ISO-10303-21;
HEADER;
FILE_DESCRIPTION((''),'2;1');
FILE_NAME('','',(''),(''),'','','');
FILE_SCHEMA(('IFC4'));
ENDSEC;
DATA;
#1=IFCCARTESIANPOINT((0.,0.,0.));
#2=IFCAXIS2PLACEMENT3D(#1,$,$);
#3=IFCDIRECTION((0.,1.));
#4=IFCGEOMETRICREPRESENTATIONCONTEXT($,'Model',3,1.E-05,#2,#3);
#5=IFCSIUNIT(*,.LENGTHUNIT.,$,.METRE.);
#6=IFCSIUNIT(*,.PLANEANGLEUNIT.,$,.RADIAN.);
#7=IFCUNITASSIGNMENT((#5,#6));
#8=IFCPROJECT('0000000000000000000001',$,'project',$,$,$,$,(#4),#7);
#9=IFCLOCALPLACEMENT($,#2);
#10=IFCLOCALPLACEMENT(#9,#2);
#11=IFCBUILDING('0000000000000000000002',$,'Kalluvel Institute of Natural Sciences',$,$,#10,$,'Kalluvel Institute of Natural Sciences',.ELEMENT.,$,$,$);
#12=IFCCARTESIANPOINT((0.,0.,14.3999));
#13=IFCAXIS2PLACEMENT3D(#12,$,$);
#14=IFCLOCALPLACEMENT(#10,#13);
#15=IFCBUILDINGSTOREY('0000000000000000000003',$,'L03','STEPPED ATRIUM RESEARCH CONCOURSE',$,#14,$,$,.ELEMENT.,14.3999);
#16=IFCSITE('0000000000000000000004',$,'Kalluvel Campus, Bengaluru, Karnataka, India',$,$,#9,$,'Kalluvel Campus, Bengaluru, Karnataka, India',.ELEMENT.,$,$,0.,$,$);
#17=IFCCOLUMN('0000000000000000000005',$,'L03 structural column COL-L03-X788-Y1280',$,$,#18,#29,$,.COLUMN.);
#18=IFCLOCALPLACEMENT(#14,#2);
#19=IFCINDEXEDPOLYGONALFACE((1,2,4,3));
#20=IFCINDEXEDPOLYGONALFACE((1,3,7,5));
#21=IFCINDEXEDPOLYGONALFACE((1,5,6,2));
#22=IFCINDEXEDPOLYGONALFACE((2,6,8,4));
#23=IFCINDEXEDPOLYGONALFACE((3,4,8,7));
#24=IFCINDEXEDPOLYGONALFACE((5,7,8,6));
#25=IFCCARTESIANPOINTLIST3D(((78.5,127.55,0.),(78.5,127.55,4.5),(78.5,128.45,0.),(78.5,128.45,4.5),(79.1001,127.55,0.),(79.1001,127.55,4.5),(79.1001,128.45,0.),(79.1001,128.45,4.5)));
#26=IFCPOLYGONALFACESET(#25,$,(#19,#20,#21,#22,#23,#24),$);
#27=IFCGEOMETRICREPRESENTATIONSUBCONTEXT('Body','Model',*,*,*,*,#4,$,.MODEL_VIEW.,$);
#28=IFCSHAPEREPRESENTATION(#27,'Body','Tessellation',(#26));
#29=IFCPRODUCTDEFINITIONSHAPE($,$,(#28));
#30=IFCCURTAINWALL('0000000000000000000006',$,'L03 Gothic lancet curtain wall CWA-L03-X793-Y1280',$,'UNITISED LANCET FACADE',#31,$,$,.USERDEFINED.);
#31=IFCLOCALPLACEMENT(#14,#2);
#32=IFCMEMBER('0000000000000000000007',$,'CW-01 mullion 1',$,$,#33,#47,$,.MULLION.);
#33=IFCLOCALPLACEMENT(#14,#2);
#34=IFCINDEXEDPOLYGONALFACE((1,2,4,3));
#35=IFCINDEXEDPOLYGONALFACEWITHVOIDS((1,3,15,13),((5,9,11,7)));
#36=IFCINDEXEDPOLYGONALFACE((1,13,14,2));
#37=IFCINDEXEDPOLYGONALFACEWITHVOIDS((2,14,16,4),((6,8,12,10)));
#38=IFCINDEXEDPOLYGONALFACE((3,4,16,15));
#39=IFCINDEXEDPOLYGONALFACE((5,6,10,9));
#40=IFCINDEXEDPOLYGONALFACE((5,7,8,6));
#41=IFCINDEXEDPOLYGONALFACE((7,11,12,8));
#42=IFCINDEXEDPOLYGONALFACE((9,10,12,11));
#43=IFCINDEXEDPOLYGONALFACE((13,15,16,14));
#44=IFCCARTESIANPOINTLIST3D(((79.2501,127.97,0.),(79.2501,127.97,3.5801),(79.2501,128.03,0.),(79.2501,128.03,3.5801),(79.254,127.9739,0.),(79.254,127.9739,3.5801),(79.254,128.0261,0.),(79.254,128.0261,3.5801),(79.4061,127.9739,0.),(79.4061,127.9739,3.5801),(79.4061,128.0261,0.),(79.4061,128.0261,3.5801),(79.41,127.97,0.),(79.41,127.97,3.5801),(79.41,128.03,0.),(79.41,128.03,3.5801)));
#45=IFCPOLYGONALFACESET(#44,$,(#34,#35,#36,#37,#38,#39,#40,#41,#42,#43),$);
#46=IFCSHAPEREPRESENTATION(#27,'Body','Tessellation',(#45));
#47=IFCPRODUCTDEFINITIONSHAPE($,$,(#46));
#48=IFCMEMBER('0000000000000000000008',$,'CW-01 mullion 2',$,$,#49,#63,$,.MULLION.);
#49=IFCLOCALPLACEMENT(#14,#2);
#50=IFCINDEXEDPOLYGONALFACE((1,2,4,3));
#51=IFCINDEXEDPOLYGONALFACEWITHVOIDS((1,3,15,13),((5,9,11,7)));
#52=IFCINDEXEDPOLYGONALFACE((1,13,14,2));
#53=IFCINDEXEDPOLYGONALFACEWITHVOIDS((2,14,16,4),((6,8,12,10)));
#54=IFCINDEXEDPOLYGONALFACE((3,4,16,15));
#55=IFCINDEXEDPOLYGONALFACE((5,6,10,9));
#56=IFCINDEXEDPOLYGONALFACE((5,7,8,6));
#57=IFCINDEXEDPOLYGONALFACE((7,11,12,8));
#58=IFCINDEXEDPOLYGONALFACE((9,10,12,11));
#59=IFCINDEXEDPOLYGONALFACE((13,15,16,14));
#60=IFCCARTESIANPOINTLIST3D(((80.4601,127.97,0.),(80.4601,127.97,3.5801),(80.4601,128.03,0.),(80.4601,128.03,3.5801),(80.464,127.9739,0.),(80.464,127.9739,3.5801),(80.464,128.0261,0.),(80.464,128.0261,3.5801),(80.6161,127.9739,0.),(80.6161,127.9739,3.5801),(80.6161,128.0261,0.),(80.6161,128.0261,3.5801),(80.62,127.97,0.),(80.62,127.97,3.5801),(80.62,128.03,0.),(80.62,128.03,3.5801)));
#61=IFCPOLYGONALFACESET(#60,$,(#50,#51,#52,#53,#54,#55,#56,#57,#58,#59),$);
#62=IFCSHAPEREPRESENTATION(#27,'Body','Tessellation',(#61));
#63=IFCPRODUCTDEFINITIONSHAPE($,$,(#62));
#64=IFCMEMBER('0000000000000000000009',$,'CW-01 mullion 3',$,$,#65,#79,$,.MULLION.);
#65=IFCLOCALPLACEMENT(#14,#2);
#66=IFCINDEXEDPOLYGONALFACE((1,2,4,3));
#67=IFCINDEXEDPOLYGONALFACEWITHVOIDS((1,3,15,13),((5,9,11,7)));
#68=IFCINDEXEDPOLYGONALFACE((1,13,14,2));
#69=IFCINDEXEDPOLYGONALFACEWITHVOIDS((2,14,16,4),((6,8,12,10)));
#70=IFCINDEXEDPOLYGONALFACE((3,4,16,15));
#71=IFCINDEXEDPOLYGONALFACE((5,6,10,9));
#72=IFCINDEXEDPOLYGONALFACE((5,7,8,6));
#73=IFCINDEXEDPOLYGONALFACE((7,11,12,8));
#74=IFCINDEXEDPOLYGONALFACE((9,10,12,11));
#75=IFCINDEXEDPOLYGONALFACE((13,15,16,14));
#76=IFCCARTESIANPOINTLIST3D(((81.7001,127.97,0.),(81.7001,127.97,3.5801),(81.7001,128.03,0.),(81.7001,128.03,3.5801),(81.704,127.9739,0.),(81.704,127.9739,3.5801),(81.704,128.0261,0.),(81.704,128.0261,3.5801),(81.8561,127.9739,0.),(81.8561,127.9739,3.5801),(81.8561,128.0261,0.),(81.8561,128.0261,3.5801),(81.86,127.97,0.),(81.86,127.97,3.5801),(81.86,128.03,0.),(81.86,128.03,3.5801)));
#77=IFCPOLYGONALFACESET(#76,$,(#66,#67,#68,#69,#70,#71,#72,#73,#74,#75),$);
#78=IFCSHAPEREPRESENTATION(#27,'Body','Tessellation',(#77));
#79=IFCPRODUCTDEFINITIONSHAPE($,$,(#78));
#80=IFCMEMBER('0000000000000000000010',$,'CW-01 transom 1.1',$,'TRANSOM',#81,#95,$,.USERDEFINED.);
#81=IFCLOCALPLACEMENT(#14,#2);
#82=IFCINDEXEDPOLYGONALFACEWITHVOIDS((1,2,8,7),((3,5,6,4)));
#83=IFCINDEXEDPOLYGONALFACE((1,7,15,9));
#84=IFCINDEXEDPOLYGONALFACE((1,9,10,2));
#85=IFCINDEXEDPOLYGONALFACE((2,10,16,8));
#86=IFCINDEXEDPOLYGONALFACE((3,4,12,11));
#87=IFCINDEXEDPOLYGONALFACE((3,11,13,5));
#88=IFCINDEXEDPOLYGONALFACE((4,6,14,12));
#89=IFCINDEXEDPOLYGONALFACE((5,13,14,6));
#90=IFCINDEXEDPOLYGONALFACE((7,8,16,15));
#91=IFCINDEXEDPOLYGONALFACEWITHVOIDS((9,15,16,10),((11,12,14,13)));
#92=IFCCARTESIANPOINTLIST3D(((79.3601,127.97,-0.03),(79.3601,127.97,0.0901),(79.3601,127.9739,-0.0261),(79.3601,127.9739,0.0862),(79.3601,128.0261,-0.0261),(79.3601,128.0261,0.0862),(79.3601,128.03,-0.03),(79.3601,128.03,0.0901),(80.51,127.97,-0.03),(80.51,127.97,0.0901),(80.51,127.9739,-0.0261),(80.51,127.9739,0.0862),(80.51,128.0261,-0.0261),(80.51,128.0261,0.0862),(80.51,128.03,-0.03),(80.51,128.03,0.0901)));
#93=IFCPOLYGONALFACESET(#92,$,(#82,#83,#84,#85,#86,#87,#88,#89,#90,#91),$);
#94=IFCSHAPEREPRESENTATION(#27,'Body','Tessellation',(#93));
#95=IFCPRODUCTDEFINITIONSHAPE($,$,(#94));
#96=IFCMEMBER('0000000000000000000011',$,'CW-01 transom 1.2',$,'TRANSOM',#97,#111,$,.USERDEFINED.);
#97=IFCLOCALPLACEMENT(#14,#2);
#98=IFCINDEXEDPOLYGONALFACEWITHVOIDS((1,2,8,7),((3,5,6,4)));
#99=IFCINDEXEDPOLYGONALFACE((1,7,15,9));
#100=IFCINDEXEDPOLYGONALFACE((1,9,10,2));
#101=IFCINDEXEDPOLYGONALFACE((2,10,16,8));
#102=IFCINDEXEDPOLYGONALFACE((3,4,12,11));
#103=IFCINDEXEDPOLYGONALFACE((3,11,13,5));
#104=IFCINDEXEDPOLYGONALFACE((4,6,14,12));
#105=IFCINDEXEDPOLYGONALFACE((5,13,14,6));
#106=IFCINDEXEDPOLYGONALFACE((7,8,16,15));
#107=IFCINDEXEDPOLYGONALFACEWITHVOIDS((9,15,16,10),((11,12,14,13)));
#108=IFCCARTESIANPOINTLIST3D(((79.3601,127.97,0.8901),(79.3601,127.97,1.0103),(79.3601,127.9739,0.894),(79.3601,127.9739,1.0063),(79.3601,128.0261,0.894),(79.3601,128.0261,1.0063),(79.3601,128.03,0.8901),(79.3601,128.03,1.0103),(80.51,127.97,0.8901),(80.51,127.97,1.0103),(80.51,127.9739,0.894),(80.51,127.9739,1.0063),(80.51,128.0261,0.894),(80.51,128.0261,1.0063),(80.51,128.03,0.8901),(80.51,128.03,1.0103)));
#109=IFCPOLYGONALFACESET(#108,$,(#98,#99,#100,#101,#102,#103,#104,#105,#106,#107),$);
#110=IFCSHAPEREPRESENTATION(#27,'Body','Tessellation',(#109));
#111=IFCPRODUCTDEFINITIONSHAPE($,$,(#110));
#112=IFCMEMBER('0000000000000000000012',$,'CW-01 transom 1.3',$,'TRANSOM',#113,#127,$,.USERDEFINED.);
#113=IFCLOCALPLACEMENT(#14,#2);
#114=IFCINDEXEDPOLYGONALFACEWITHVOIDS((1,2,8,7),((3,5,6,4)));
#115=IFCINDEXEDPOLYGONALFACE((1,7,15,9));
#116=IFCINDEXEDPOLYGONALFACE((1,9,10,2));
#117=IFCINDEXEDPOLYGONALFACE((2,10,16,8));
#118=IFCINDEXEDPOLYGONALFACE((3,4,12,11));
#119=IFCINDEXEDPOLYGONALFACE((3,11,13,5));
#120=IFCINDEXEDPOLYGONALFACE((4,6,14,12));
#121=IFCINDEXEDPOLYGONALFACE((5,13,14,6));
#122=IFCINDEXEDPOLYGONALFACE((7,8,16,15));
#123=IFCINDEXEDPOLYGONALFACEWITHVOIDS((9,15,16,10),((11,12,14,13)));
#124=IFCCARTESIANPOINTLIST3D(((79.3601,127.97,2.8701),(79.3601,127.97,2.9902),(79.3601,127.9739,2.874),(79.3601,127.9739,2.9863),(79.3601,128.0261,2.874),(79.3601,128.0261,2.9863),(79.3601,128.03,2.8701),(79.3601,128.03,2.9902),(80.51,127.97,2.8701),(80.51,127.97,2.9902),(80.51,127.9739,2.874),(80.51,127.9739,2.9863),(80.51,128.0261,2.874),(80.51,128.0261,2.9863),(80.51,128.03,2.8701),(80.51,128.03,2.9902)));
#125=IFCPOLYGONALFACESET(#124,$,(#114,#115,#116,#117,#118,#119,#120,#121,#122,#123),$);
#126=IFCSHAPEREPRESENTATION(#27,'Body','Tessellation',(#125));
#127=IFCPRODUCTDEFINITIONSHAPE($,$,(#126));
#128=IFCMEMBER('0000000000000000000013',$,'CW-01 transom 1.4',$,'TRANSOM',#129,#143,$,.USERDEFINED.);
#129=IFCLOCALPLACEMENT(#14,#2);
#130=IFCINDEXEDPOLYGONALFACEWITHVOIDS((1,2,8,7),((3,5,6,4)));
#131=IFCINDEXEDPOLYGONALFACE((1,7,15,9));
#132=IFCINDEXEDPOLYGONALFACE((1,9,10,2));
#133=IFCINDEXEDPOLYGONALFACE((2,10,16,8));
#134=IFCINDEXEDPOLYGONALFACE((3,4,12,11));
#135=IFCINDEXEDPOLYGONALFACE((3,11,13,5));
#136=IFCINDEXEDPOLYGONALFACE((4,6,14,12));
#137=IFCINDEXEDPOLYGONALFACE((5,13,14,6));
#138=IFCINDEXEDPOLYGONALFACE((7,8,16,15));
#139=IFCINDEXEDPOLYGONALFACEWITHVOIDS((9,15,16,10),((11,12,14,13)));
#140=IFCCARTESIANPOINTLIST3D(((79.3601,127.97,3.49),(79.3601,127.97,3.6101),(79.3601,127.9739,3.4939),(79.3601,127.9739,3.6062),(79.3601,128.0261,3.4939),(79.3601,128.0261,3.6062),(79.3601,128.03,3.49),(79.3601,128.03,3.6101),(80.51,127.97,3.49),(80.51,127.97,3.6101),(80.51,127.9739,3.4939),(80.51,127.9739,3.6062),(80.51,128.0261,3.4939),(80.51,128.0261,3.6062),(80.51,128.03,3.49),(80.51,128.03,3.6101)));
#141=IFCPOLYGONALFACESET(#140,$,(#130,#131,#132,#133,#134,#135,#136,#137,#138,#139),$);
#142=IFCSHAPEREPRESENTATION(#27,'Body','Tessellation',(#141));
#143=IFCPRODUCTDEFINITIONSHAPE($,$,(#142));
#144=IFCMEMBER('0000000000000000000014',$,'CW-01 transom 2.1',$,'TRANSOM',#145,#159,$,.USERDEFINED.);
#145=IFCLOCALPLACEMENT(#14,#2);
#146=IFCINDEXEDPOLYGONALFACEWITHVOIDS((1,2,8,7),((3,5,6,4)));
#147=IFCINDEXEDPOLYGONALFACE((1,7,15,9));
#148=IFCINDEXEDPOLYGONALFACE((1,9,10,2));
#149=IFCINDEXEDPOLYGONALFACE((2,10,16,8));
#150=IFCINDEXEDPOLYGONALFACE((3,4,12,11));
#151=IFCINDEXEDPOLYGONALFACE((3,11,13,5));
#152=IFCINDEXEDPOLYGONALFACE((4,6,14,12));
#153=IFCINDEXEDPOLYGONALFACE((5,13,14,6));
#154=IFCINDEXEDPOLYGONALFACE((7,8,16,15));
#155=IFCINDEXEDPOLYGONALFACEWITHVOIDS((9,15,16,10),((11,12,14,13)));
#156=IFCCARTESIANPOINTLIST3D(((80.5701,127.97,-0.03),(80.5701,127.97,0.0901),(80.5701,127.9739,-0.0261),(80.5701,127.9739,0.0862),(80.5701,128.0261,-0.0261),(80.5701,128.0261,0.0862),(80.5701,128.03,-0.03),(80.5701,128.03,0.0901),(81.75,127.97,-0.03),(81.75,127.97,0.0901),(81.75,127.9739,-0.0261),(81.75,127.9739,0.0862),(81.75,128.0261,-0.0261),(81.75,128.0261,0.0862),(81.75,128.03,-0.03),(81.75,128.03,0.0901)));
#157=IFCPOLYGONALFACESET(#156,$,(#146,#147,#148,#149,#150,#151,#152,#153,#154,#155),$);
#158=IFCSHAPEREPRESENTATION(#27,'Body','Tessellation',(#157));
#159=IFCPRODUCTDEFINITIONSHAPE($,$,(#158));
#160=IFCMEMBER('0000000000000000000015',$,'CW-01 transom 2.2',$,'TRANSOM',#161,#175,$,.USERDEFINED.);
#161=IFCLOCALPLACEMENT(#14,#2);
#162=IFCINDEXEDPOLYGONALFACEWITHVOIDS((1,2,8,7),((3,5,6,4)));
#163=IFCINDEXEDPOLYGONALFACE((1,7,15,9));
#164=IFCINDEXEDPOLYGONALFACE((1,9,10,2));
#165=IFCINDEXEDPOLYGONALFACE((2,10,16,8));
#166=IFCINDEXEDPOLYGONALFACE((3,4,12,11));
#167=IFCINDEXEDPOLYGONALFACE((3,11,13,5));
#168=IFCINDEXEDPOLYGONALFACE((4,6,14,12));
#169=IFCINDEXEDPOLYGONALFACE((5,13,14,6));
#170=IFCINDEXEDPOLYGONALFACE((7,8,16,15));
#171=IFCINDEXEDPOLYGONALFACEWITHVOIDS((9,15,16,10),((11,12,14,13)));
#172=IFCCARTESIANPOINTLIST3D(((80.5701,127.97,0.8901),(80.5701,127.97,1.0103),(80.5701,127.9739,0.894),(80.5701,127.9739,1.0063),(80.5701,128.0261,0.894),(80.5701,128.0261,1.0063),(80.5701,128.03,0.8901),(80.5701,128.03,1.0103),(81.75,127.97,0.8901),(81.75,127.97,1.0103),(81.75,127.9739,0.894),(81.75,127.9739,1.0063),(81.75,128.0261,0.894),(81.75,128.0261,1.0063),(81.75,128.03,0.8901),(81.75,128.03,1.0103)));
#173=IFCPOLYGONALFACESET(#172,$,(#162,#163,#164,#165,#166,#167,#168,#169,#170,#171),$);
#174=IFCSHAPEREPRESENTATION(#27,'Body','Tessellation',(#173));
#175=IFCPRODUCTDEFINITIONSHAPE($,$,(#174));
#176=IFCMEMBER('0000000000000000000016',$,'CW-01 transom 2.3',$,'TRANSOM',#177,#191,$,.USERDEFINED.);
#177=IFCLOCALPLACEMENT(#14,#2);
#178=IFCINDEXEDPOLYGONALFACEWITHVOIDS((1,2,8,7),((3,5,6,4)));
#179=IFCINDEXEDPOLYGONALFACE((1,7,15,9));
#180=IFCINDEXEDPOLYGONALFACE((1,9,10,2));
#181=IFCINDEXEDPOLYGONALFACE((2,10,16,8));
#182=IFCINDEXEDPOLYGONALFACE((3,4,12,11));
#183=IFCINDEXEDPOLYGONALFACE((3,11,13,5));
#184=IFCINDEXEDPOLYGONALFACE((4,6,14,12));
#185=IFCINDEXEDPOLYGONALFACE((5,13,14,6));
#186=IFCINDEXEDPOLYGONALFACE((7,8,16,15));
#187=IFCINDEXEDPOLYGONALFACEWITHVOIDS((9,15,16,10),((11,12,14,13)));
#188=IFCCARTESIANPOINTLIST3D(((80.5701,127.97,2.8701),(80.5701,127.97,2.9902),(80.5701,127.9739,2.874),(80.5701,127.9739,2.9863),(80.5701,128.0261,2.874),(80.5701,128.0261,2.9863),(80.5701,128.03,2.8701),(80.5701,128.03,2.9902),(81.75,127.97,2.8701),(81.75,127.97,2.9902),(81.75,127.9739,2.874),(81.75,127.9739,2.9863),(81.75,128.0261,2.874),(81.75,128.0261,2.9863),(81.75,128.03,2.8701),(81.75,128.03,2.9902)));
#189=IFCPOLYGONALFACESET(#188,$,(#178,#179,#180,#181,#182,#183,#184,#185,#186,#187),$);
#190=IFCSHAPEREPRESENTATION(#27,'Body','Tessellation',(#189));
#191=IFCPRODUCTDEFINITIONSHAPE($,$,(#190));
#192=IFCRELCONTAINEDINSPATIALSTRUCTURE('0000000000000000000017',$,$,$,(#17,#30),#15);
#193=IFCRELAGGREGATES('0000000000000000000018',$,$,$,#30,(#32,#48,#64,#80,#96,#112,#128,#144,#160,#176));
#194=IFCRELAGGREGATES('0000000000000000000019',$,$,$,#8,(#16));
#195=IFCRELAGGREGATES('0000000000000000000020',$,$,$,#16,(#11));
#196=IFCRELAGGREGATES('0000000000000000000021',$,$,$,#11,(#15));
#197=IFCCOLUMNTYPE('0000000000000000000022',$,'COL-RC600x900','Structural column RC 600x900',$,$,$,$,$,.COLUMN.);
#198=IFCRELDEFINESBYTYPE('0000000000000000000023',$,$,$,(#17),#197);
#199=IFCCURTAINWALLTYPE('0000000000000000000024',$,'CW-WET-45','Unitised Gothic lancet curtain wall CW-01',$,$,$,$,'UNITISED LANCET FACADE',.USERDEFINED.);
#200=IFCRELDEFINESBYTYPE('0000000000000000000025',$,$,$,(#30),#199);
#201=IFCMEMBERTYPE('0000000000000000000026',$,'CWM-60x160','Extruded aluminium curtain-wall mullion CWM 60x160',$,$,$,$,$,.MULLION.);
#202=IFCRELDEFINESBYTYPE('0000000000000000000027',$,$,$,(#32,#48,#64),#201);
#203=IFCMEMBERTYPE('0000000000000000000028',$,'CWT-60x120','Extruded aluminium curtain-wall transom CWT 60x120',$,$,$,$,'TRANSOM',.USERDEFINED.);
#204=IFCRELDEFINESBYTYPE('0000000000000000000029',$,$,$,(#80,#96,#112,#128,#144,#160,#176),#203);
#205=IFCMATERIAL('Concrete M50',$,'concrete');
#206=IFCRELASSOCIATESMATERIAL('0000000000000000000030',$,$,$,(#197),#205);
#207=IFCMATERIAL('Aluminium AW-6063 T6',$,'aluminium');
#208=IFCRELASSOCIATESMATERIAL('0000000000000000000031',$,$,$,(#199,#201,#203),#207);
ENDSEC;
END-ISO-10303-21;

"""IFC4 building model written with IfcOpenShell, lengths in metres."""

from ifc_helpers import new_model, si_unit, direction, frame, origin, origin_2d, place, context, subcontext, project, spatial, rectangle, hollow_rectangle, extrude, material, material_profile, profile_set, type_object, element, aggregate, save


model = new_model("IFC4")

# Units and contexts
model_context = context("Model", 3, precision=1e-05, world=origin(), true_north=direction((0.0, 1.0)))
body_context = subcontext(model_context, "Body", "Model", "MODEL_VIEW")
ifc_project = project(units=[si_unit("LENGTHUNIT", "METRE"), si_unit("PLANEANGLEUNIT", "RADIAN")], contexts=[model_context])

# Site, building, storey
site_placement = place(None, origin())
site = spatial("IfcSite", under=ifc_project, at=site_placement, Name="Kalluvel Campus, Bengaluru, Karnataka, India", LongName="Kalluvel Campus, Bengaluru, Karnataka, India", CompositionType="ELEMENT", RefElevation=0.0)
building_placement = place(site_placement, origin())
building = spatial("IfcBuilding", under=site, at=building_placement, Name="Kalluvel Institute of Natural Sciences", LongName="Kalluvel Institute of Natural Sciences", CompositionType="ELEMENT")
storey_placement = place(building_placement, frame((0.0, 0.0, 14.3999)))
storey = spatial("IfcBuildingStorey", under=building, at=storey_placement, Name="L03", Description="STEPPED ATRIUM RESEARCH CONCOURSE", CompositionType="ELEMENT", Elevation=14.3999)

# Column
ifc_material_1 = material(Name="Concrete M50", Category="concrete")
ifc_material_profile_1 = material_profile(ifc_material_1, rectangle(XDim=0.6001, YDim=0.8999, at=origin_2d()), Name="RC 600x900")
ifc_profile_set_1 = profile_set([ifc_material_profile_1], Name="Concrete M50")
column_type = type_object("IfcColumnType", Name="COL-RC600x900", Description="Structural column RC 600x900", PredefinedType="COLUMN", material=ifc_profile_set_1)
column_placement = place(storey_placement, frame((78.8, 128.0, 0.0), z_axis=(0.0, 0.0, 1.0), x_axis=(1.0, 0.0, 0.0)))
element("IfcColumn", 1, at=column_placement, inside=storey, type_object=column_type, Name="L03 structural column COL-L03-X788-Y1280", PredefinedType="COLUMN", context=body_context, shape_type="SweptSolid", body=[
    extrude(rectangle(XDim=0.6001, YDim=0.8999, at=origin_2d()), origin(), (0.0, 0.0, 1.0), 4.5),
])

# Curtain wall, members
ifc_material_2 = material(Name="Aluminium AW-6063 T6", Category="aluminium")
curtain_wall_type = type_object("IfcCurtainWallType", Name="CW-WET-45", Description="Unitised Gothic lancet curtain wall CW-01", ElementType="UNITISED LANCET FACADE", PredefinedType="USERDEFINED", material=ifc_material_2)
curtain_wall_placement = place(storey_placement, origin())
curtain_wall = element("IfcCurtainWall", 2, at=curtain_wall_placement, inside=storey, type_object=curtain_wall_type, Name="L03 Gothic lancet curtain wall CWA-L03-X793-Y1280", ObjectType="UNITISED LANCET FACADE", PredefinedType="USERDEFINED")
ifc_material_profile_2 = material_profile(ifc_material_2, hollow_rectangle(XDim=0.0601, YDim=0.1599, WallThickness=0.0039, at=origin_2d()), Name="CWM 60x160")
ifc_profile_set_2 = profile_set([ifc_material_profile_2], Name="Aluminium AW-6063 T6")
member_type_1 = type_object("IfcMemberType", Name="CWM-60x160", Description="Extruded aluminium curtain-wall mullion CWM 60x160", PredefinedType="MULLION", material=ifc_profile_set_2)
member_1_placement = place(storey_placement, frame((79.3301, 128.0, 0.0), z_axis=(0.0, 0.0, 1.0), x_axis=(0.0, 1.0, 0.0)))
member_1 = element("IfcMember", 3, at=member_1_placement, type_object=member_type_1, Name="CW-01 mullion 1", PredefinedType="MULLION", context=body_context, shape_type="SweptSolid", body=[
    extrude(hollow_rectangle(XDim=0.0601, YDim=0.1599, WallThickness=0.0039, at=origin_2d()), origin(), (0.0, 0.0, 1.0), 3.5801),
])
member_2_placement = place(storey_placement, frame((80.54, 128.0, 0.0), z_axis=(0.0, 0.0, 1.0), x_axis=(0.0, 1.0, 0.0)))
member_2 = element("IfcMember", 4, at=member_2_placement, type_object=member_type_1, Name="CW-01 mullion 2", PredefinedType="MULLION", context=body_context, shape_type="SweptSolid", body=[
    extrude(hollow_rectangle(XDim=0.0601, YDim=0.1599, WallThickness=0.0039, at=origin_2d()), origin(), (0.0, 0.0, 1.0), 3.5801),
])
member_3_placement = place(storey_placement, frame((81.78, 128.0, 0.0), z_axis=(0.0, 0.0, 1.0), x_axis=(0.0, 1.0, 0.0)))
member_3 = element("IfcMember", 5, at=member_3_placement, type_object=member_type_1, Name="CW-01 mullion 3", PredefinedType="MULLION", context=body_context, shape_type="SweptSolid", body=[
    extrude(hollow_rectangle(XDim=0.0601, YDim=0.1599, WallThickness=0.0039, at=origin_2d()), origin(), (0.0, 0.0, 1.0), 3.5801),
])
ifc_material_profile_3 = material_profile(ifc_material_2, hollow_rectangle(XDim=0.0601, YDim=0.1201, WallThickness=0.0039, at=origin_2d()), Name="CWT 60x120")
ifc_profile_set_3 = profile_set([ifc_material_profile_3], Name="Aluminium AW-6063 T6")
member_type_2 = type_object("IfcMemberType", Name="CWT-60x120", Description="Extruded aluminium curtain-wall transom CWT 60x120", ElementType="TRANSOM", PredefinedType="USERDEFINED", material=ifc_profile_set_3)
member_4_placement = place(storey_placement, frame((79.3601, 128.0, 0.03), z_axis=(1.0, 0.0, 0.0), x_axis=(0.0, 1.0, 0.0)))
member_4 = element("IfcMember", 6, at=member_4_placement, type_object=member_type_2, Name="CW-01 transom 1.1", ObjectType="TRANSOM", PredefinedType="USERDEFINED", context=body_context, shape_type="SweptSolid", body=[
    extrude(hollow_rectangle(XDim=0.0601, YDim=0.1201, WallThickness=0.0039, at=origin_2d()), origin(), (0.0, 0.0, 1.0), 1.1499),
])
member_5_placement = place(storey_placement, frame((79.3601, 128.0, 0.9502), z_axis=(1.0, 0.0, 0.0), x_axis=(0.0, 1.0, 0.0)))
member_5 = element("IfcMember", 7, at=member_5_placement, type_object=member_type_2, Name="CW-01 transom 1.2", ObjectType="TRANSOM", PredefinedType="USERDEFINED", context=body_context, shape_type="SweptSolid", body=[
    extrude(hollow_rectangle(XDim=0.0601, YDim=0.1201, WallThickness=0.0039, at=origin_2d()), origin(), (0.0, 0.0, 1.0), 1.1499),
])
member_6_placement = place(storey_placement, frame((79.3601, 128.0, 2.9302), z_axis=(1.0, 0.0, 0.0), x_axis=(0.0, 1.0, 0.0)))
member_6 = element("IfcMember", 8, at=member_6_placement, type_object=member_type_2, Name="CW-01 transom 1.3", ObjectType="TRANSOM", PredefinedType="USERDEFINED", context=body_context, shape_type="SweptSolid", body=[
    extrude(hollow_rectangle(XDim=0.0601, YDim=0.1201, WallThickness=0.0039, at=origin_2d()), origin(), (0.0, 0.0, 1.0), 1.1499),
])
member_7_placement = place(storey_placement, frame((79.3601, 128.0, 3.55), z_axis=(1.0, 0.0, 0.0), x_axis=(0.0, 1.0, 0.0)))
member_7 = element("IfcMember", 9, at=member_7_placement, type_object=member_type_2, Name="CW-01 transom 1.4", ObjectType="TRANSOM", PredefinedType="USERDEFINED", context=body_context, shape_type="SweptSolid", body=[
    extrude(hollow_rectangle(XDim=0.0601, YDim=0.1201, WallThickness=0.0039, at=origin_2d()), origin(), (0.0, 0.0, 1.0), 1.1499),
])
member_8_placement = place(storey_placement, frame((80.5701, 128.0, 0.03), z_axis=(1.0, 0.0, 0.0), x_axis=(0.0, 1.0, 0.0)))
member_8 = element("IfcMember", 10, at=member_8_placement, type_object=member_type_2, Name="CW-01 transom 2.1", ObjectType="TRANSOM", PredefinedType="USERDEFINED", context=body_context, shape_type="SweptSolid", body=[
    extrude(hollow_rectangle(XDim=0.0601, YDim=0.1201, WallThickness=0.0039, at=origin_2d()), origin(), (0.0, 0.0, 1.0), 1.1799),
])
member_9_placement = place(storey_placement, frame((80.5701, 128.0, 0.9502), z_axis=(1.0, 0.0, 0.0), x_axis=(0.0, 1.0, 0.0)))
member_9 = element("IfcMember", 11, at=member_9_placement, type_object=member_type_2, Name="CW-01 transom 2.2", ObjectType="TRANSOM", PredefinedType="USERDEFINED", context=body_context, shape_type="SweptSolid", body=[
    extrude(hollow_rectangle(XDim=0.0601, YDim=0.1201, WallThickness=0.0039, at=origin_2d()), origin(), (0.0, 0.0, 1.0), 1.1799),
])
member_10_placement = place(storey_placement, frame((80.5701, 128.0, 2.9302), z_axis=(1.0, 0.0, 0.0), x_axis=(0.0, 1.0, 0.0)))
member_10 = element("IfcMember", 12, at=member_10_placement, type_object=member_type_2, Name="CW-01 transom 2.3", ObjectType="TRANSOM", PredefinedType="USERDEFINED", context=body_context, shape_type="SweptSolid", body=[
    extrude(hollow_rectangle(XDim=0.0601, YDim=0.1201, WallThickness=0.0039, at=origin_2d()), origin(), (0.0, 0.0, 1.0), 1.1799),
])

aggregate(curtain_wall, [member_1, member_2, member_3, member_4, member_5, member_6, member_7, member_8, member_9, member_10])

save(model, "model.ifc")
